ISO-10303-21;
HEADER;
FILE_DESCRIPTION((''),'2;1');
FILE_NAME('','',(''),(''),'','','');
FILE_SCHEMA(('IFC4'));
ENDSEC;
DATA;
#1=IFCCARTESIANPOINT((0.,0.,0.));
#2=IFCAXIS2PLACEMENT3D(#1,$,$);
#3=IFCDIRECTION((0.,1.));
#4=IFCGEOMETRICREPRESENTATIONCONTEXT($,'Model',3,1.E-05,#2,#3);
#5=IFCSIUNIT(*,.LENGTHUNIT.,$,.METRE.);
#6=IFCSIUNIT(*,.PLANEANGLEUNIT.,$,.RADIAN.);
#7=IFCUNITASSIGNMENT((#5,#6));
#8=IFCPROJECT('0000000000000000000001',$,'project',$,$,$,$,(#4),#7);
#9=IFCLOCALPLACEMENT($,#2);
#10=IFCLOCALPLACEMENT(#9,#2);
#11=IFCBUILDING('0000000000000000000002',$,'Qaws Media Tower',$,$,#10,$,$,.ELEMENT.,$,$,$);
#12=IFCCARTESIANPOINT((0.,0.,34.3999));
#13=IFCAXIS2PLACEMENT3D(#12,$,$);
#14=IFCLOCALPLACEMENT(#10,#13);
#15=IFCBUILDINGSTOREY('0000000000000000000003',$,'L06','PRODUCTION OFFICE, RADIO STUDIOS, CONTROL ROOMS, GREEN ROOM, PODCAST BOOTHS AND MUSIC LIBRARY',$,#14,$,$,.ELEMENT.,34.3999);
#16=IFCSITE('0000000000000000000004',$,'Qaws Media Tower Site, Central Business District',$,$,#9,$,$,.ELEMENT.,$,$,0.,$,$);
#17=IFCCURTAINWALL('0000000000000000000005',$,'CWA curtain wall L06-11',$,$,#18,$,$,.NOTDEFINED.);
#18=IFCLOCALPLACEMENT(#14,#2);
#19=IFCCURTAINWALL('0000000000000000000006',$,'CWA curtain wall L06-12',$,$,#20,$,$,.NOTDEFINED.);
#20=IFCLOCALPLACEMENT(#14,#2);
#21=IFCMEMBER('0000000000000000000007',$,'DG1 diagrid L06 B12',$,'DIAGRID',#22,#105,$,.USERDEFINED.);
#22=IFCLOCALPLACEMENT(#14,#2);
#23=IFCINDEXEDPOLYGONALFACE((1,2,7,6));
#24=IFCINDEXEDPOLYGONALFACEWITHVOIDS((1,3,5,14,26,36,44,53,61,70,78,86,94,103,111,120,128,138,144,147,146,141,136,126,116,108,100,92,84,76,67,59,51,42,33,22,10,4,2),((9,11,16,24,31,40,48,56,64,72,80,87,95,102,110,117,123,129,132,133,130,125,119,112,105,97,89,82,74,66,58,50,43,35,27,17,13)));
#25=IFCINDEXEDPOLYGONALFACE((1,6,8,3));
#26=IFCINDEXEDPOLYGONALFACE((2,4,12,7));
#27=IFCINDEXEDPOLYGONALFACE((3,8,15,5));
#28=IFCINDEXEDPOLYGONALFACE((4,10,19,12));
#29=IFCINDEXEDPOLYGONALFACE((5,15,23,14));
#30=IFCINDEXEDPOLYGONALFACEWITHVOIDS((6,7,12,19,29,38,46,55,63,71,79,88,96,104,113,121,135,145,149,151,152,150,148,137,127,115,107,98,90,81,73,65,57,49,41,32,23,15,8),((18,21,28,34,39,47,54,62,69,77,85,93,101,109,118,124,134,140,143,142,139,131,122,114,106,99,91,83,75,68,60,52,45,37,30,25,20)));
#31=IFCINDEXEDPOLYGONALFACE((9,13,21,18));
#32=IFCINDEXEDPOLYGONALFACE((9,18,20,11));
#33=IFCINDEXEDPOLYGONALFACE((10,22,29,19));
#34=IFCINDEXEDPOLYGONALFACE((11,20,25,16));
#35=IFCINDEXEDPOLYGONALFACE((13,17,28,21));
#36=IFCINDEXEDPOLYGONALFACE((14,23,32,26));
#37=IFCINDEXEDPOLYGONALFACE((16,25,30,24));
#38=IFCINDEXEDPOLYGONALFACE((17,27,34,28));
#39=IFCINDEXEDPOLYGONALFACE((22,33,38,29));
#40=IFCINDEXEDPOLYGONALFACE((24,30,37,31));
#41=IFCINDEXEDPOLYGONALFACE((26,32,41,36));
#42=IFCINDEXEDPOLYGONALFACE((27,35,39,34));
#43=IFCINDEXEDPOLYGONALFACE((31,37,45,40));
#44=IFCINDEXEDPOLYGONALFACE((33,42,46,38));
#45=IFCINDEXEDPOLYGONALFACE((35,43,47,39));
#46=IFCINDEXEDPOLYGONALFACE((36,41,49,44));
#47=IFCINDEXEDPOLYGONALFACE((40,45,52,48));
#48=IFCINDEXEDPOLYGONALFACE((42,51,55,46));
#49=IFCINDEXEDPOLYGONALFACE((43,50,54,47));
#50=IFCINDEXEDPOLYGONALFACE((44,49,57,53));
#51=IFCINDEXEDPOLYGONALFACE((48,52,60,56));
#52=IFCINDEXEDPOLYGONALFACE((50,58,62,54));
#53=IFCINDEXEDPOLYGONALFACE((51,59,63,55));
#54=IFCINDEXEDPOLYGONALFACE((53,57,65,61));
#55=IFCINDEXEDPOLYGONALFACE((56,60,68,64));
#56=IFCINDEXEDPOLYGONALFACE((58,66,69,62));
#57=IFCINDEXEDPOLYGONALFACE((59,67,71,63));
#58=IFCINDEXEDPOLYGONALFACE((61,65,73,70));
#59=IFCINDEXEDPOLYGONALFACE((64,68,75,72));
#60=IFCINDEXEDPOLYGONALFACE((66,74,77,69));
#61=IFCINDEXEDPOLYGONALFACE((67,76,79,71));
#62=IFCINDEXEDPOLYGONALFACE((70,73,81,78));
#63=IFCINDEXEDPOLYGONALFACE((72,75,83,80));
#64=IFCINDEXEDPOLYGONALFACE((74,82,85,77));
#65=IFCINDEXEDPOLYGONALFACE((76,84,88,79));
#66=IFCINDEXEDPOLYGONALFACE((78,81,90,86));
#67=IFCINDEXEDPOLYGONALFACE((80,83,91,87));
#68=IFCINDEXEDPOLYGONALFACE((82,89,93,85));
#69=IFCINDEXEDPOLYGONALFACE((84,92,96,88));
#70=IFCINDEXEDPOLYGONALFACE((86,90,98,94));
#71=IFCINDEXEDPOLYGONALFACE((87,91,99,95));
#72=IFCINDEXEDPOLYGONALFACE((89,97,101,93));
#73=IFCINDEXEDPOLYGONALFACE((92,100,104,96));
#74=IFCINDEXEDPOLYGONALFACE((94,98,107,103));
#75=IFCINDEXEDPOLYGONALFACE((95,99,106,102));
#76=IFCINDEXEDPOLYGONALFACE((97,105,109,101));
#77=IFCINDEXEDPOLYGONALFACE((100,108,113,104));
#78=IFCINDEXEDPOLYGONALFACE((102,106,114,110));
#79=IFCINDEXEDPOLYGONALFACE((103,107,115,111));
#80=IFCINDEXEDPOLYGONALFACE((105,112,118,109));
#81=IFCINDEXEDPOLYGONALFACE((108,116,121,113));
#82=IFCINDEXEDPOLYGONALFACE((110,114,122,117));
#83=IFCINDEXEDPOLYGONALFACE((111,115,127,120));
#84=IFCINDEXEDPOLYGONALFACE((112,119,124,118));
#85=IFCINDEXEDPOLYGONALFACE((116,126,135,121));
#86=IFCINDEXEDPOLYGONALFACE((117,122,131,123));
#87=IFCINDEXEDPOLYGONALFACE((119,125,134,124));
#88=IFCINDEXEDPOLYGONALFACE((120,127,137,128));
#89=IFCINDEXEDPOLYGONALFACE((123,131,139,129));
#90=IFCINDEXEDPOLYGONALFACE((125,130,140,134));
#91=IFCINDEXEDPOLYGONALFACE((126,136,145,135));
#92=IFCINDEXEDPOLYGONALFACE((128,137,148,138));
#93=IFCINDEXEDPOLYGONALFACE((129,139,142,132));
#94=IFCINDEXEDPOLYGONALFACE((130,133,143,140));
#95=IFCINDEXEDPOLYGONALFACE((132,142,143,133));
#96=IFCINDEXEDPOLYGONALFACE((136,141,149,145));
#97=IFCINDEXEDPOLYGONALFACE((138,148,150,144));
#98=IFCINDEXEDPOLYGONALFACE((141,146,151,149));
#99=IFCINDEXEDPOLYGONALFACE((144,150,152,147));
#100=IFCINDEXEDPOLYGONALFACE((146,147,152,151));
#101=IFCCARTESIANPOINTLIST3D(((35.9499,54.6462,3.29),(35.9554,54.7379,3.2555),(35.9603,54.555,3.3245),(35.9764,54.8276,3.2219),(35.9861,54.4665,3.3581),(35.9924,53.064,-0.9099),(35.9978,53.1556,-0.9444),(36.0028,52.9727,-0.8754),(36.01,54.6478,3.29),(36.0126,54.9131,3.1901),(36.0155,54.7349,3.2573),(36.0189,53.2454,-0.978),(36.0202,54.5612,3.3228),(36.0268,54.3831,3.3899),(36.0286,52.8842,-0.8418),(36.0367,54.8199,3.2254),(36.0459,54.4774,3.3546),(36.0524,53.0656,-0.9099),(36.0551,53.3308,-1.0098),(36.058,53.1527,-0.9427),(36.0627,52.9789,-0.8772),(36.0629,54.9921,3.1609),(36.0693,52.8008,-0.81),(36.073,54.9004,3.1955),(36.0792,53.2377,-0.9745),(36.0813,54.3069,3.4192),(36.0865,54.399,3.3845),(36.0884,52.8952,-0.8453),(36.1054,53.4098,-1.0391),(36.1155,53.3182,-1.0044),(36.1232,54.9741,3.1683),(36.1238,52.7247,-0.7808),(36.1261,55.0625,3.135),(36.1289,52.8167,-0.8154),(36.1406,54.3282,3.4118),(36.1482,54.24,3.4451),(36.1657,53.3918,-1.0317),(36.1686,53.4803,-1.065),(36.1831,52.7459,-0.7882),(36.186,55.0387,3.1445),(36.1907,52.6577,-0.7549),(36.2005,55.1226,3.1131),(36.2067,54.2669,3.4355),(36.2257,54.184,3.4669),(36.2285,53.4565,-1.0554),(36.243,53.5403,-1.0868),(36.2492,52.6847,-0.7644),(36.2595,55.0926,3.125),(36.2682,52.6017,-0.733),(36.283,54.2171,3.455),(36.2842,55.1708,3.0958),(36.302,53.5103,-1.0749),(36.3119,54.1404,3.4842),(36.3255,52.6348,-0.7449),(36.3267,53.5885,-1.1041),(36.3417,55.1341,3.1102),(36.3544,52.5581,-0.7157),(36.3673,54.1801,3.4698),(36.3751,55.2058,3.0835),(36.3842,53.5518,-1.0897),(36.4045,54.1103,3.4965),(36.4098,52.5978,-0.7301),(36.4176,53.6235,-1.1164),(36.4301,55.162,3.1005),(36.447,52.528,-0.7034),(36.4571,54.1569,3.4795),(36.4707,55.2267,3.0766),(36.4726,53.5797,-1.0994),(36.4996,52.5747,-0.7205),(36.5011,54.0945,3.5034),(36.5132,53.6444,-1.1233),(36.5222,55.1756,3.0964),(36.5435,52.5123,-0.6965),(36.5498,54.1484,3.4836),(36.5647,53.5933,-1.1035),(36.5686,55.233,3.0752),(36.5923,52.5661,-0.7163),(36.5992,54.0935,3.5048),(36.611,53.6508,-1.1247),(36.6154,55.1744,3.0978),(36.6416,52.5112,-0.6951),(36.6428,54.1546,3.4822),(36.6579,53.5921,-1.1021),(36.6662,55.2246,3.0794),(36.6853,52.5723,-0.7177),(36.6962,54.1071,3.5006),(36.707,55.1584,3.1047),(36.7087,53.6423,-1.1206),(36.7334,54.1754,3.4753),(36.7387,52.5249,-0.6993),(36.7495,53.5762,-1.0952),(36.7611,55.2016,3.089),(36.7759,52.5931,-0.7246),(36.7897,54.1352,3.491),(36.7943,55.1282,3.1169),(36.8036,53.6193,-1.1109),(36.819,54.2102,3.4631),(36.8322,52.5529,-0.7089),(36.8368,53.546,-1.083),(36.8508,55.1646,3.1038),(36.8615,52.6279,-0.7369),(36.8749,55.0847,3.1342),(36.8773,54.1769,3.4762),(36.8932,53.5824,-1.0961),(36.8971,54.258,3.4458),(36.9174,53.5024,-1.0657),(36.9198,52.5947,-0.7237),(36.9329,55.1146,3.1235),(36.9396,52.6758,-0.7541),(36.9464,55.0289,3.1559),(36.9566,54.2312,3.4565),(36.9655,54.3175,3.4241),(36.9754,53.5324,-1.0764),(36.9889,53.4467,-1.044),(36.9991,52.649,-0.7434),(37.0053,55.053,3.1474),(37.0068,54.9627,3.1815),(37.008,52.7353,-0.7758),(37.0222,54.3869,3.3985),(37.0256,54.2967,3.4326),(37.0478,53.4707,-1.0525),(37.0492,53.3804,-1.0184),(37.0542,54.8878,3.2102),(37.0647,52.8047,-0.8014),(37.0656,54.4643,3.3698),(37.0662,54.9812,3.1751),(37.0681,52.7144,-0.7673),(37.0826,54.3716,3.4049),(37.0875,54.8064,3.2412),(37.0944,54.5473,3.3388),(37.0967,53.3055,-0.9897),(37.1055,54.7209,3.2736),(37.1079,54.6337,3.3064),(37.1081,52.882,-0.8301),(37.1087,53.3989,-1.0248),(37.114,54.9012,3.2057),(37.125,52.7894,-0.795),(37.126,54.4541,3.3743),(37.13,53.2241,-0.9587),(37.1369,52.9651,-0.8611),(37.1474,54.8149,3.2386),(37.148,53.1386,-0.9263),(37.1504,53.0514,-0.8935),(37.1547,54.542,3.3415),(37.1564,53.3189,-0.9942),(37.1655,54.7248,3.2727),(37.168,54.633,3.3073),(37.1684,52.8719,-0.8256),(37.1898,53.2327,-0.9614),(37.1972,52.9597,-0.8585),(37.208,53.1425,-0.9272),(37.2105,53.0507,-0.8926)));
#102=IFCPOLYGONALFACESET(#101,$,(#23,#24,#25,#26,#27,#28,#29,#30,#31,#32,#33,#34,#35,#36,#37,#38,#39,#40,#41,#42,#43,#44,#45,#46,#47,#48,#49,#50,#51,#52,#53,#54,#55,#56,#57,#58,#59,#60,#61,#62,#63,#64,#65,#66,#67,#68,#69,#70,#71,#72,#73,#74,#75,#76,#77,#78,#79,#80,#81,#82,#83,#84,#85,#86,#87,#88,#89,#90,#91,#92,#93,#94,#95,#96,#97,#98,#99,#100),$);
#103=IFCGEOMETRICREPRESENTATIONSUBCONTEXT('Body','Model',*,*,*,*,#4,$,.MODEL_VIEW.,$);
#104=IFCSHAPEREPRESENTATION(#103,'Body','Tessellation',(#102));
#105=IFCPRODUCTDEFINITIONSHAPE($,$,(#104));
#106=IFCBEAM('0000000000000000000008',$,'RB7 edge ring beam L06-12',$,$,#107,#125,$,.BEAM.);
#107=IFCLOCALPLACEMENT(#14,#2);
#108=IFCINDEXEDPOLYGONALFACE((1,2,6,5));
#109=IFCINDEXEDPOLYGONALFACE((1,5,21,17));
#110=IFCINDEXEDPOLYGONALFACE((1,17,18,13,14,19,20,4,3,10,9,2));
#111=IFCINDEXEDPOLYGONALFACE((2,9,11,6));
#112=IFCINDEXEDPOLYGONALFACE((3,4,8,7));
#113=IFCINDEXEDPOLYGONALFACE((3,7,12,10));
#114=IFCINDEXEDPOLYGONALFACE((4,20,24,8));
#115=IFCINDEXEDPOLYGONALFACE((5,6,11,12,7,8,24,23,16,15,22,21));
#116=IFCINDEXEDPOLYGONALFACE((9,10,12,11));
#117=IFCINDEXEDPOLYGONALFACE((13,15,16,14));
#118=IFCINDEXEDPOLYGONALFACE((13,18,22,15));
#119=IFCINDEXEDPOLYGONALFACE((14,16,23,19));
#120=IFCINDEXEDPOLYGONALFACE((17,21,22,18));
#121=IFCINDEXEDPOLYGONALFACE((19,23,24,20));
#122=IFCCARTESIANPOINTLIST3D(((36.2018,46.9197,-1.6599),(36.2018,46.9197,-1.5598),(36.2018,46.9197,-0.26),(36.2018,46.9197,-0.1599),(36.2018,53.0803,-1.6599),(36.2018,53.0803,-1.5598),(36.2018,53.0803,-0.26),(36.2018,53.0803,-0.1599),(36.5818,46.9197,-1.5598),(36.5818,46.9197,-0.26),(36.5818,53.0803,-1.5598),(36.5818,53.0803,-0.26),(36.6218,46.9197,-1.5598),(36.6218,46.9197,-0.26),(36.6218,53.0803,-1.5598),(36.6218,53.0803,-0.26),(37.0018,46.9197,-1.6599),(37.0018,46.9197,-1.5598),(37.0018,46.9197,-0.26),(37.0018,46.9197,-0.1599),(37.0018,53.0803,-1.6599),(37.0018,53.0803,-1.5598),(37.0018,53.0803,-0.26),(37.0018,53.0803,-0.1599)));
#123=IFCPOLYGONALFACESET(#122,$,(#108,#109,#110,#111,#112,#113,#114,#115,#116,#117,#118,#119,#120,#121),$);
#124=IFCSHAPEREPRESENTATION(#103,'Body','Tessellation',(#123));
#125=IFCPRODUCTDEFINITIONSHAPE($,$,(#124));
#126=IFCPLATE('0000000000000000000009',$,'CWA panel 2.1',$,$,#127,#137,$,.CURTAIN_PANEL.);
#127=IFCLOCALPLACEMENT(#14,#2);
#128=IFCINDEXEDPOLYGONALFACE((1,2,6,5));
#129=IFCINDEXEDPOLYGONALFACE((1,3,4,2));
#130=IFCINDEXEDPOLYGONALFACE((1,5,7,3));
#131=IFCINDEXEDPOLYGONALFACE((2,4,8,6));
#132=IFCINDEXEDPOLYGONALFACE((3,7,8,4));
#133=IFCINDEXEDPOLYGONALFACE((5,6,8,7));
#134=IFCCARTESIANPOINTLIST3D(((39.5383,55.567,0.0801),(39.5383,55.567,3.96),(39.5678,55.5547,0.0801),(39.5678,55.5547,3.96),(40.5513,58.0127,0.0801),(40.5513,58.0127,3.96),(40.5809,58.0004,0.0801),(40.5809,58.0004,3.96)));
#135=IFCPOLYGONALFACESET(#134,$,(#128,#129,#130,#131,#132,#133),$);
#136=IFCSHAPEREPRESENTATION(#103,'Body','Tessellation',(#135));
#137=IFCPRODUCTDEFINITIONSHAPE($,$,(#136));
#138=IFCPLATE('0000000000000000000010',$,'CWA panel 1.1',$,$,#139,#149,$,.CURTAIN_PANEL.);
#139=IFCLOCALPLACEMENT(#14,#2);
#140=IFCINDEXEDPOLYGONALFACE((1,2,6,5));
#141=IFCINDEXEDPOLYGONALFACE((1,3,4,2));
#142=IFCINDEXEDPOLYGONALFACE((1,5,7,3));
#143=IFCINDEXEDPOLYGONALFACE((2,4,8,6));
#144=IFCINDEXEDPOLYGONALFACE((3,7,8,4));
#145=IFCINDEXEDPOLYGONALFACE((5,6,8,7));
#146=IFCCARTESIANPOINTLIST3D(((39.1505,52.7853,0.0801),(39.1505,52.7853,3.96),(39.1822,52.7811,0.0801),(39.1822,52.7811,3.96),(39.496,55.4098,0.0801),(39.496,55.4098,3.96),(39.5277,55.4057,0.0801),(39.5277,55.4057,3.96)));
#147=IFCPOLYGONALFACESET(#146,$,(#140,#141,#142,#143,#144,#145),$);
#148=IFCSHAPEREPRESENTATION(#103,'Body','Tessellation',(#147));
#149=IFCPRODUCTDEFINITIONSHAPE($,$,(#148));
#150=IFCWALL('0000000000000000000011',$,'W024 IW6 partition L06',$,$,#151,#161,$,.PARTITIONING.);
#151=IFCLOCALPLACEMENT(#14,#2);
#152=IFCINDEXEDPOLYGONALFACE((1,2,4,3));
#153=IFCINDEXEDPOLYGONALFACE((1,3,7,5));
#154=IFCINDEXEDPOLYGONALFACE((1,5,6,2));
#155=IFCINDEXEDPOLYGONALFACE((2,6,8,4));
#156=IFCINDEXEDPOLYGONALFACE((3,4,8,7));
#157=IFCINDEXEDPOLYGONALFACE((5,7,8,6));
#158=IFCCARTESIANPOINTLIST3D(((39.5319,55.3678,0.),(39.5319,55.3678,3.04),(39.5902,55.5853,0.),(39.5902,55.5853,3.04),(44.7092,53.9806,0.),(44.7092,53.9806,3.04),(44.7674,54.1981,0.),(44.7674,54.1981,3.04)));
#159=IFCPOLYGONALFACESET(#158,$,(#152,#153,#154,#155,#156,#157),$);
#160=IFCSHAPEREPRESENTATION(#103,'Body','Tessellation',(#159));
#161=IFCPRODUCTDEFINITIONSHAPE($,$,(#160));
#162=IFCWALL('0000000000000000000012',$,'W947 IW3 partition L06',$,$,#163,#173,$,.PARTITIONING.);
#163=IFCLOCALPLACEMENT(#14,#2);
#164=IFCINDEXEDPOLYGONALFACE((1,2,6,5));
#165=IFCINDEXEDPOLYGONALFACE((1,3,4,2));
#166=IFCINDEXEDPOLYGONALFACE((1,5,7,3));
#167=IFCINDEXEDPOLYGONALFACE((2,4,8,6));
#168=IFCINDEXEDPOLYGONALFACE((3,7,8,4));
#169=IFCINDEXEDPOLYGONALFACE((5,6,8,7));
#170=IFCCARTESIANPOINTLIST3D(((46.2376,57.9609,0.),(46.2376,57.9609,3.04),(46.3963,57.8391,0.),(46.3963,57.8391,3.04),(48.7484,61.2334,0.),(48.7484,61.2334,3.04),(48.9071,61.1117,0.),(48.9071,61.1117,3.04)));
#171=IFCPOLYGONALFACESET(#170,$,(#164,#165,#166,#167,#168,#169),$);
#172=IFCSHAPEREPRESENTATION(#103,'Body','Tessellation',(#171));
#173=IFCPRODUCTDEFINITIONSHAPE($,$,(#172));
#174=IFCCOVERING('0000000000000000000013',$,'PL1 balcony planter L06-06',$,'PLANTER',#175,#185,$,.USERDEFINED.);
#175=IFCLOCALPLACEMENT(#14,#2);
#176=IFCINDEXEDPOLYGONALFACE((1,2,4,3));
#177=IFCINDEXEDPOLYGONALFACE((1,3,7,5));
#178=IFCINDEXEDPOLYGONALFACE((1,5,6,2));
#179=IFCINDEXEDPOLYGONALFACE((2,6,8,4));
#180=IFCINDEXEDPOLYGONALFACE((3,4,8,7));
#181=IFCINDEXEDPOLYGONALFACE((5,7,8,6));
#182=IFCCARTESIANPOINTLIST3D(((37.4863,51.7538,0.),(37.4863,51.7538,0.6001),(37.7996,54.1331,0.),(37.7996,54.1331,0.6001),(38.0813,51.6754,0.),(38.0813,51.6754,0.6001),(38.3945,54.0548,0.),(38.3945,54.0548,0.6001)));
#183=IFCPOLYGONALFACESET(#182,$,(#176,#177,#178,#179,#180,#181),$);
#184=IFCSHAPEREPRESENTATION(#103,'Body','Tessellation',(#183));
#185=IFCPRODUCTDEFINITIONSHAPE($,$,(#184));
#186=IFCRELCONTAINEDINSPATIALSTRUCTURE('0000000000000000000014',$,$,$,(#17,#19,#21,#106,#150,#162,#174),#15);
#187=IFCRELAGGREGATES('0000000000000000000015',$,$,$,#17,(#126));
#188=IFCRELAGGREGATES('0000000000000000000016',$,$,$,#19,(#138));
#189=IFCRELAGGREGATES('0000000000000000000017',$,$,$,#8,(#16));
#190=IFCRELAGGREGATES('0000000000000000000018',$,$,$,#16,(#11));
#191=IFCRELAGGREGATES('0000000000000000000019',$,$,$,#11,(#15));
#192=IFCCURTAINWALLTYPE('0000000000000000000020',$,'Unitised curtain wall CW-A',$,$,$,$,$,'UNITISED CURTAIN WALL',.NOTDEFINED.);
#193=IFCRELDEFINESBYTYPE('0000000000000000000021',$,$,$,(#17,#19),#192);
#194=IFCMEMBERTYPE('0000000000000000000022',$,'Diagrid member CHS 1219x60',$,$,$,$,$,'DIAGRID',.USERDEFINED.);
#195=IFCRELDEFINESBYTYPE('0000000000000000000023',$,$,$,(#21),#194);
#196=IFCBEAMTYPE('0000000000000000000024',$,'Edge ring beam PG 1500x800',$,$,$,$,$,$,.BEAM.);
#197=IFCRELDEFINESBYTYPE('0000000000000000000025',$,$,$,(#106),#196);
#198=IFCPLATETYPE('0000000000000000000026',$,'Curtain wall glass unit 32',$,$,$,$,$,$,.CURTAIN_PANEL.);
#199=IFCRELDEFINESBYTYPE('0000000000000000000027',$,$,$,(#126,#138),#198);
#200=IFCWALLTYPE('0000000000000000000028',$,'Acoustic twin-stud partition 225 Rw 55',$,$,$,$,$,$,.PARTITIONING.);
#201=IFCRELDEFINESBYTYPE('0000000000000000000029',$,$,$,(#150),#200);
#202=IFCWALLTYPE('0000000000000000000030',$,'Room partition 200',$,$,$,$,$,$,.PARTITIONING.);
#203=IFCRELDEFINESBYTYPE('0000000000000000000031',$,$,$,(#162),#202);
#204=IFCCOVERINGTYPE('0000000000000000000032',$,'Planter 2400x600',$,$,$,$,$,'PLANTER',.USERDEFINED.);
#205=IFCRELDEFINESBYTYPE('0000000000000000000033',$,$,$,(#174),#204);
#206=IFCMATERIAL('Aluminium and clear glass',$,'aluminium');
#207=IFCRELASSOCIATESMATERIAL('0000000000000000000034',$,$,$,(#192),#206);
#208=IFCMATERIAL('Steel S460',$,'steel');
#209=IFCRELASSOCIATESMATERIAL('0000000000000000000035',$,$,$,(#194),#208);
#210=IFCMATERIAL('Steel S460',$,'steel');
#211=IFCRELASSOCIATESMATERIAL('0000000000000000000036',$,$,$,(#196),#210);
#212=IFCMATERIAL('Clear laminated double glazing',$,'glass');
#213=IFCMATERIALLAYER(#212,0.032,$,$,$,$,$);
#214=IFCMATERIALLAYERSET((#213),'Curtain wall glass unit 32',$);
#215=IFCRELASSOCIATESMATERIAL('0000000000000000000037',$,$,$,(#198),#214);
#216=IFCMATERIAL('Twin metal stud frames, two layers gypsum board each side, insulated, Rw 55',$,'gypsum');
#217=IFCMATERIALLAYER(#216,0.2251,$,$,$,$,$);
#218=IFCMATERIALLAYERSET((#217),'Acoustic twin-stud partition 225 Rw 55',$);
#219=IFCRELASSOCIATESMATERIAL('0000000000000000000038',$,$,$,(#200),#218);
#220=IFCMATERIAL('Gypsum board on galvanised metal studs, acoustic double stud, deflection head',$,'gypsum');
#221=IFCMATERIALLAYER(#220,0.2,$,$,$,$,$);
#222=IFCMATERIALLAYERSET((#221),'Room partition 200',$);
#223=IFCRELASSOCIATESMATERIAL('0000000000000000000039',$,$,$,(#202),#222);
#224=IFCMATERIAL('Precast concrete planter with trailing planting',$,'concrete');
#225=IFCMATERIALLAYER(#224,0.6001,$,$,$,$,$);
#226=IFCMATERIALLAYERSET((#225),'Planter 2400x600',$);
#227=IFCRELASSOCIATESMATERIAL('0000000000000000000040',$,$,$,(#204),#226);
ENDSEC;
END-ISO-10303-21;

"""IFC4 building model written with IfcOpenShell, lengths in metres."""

from ifc_helpers import new_model, si_unit, direction, frame, frame_2d, origin, origin_2d, place, context, subcontext, project, spatial, rectangle, hollow_circle, i_section, extrude, material, layer, layer_set, material_profile, profile_set, type_object, element, aggregate, save


model = new_model("IFC4")

# Units and contexts
model_context = context("Model", 3, precision=1e-05, world=origin(), true_north=direction((0.0, 1.0)))
body_context = subcontext(model_context, "Body", "Model", "MODEL_VIEW")
ifc_project = project(units=[si_unit("LENGTHUNIT", "METRE"), si_unit("PLANEANGLEUNIT", "RADIAN")], contexts=[model_context])

# Site, building, storey
site_placement = place(None, origin())
site = spatial("IfcSite", under=ifc_project, at=site_placement, Name="Qaws Media Tower Site, Central Business District", CompositionType="ELEMENT", RefElevation=0.0)
building_placement = place(site_placement, origin())
building = spatial("IfcBuilding", under=site, at=building_placement, Name="Qaws Media Tower", CompositionType="ELEMENT")
storey_placement = place(building_placement, frame((0.0, 0.0, 34.3999)))
storey = spatial("IfcBuildingStorey", under=building, at=storey_placement, Name="L06", Description="PRODUCTION OFFICE, RADIO STUDIOS, CONTROL ROOMS, GREEN ROOM, PODCAST BOOTHS AND MUSIC LIBRARY", CompositionType="ELEMENT", Elevation=34.3999)

# Curtain wall
ifc_material_1 = material(Name="Aluminium and clear glass", Category="aluminium")
curtain_wall_type = type_object("IfcCurtainWallType", Name="Unitised curtain wall CW-A", ElementType="UNITISED CURTAIN WALL", PredefinedType="NOTDEFINED", material=ifc_material_1)
curtain_wall_1_placement = place(storey_placement, origin())
curtain_wall_1 = element("IfcCurtainWall", 1, at=curtain_wall_1_placement, inside=storey, type_object=curtain_wall_type, Name="CWA curtain wall L06-11", PredefinedType="NOTDEFINED")

# Curtain wall
curtain_wall_2_placement = place(storey_placement, origin())
curtain_wall_2 = element("IfcCurtainWall", 2, at=curtain_wall_2_placement, inside=storey, type_object=curtain_wall_type, Name="CWA curtain wall L06-12", PredefinedType="NOTDEFINED")

# Member
ifc_material_2 = material(Name="Steel S460", Category="steel")
ifc_material_profile_1 = material_profile(ifc_material_2, hollow_circle(Radius=0.6096, WallThickness=0.0601, at=origin_2d()), Name="CHS 1219x60")
ifc_profile_set_1 = profile_set([ifc_material_profile_1], Name="Steel S460")
member_type_1 = type_object("IfcMemberType", Name="Diagrid member CHS 1219x60", ElementType="DIAGRID", PredefinedType="USERDEFINED", material=ifc_profile_set_1)
for number, where, z_axis, x_axis, name in (
    (3, (36.6018, 53.0803, -0.9099), (-0.009465, 0.352532, 0.935752), (-0.99964, -0.026838, 0.0), "DG1 diagrid L06 B12"),
):
    element("IfcMember", number, at=place(storey_placement, frame(where, z_axis=z_axis, x_axis=x_axis)), inside=storey, type_object=member_type_1, Name=name, ObjectType="DIAGRID", PredefinedType="USERDEFINED", context=body_context, shape_type="SweptSolid", body=[
        extrude(hollow_circle(Radius=0.6096, WallThickness=0.0601, at=origin_2d()), origin(), (0.0, 0.0, 1.0), 4.4883),
    ])

# Beam
ifc_material_3 = material(Name="Steel S460", Category="steel")
ifc_material_profile_2 = material_profile(ifc_material_3, i_section(OverallWidth=0.8, OverallDepth=1.5, WebThickness=0.04, FlangeThickness=0.1001, at=origin_2d()), Name="PG 1500x800")
ifc_profile_set_2 = profile_set([ifc_material_profile_2], Name="Steel S460")
beam_type = type_object("IfcBeamType", Name="Edge ring beam PG 1500x800", PredefinedType="BEAM", material=ifc_profile_set_2)
beam_placement = place(storey_placement, frame((36.6018, 53.0803, -0.9099), z_axis=(0.0, -1.0, 0.0), x_axis=(1.0, 0.0, 0.0)))
element("IfcBeam", 4, at=beam_placement, inside=storey, type_object=beam_type, Name="RB7 edge ring beam L06-12", PredefinedType="BEAM", context=body_context, shape_type="SweptSolid", body=[
    extrude(i_section(OverallWidth=0.8, OverallDepth=1.5, WebThickness=0.04, FlangeThickness=0.1001, at=origin_2d()), origin(), (0.0, 0.0, 1.0), 6.1606),
])

# Plates
ifc_material_4 = material(Name="Clear laminated double glazing", Category="glass")
ifc_layer_1 = layer(ifc_material_4, 0.032)
ifc_layer_set_1 = layer_set([ifc_layer_1], Name="Curtain wall glass unit 32")
plate_type = type_object("IfcPlateType", Name="Curtain wall glass unit 32", PredefinedType="CURTAIN_PANEL", material=ifc_layer_set_1)
plate_1_placement = place(storey_placement, frame((40.0596, 56.7837, 0.0801), z_axis=(0.0, 0.0, 1.0), x_axis=(-0.382683, -0.92388, 0.0)))
plate_1 = element("IfcPlate", 5, at=plate_1_placement, type_object=plate_type, Name="CWA panel 2.1", PredefinedType="CURTAIN_PANEL", context=body_context, shape_type="SweptSolid", body=[
    extrude(rectangle(XDim=2.6472, YDim=0.032, at=origin_2d()), origin(), (0.0, 0.0, 1.0), 3.8799),
])
aggregate(curtain_wall_1, [plate_1])
plate_2_placement = place(storey_placement, frame((39.3391, 54.0955, 0.0801), z_axis=(0.0, 0.0, 1.0), x_axis=(-0.130526, -0.991445, 0.0)))
plate_2 = element("IfcPlate", 6, at=plate_2_placement, type_object=plate_type, Name="CWA panel 1.1", PredefinedType="CURTAIN_PANEL", context=body_context, shape_type="SweptSolid", body=[
    extrude(rectangle(XDim=2.6472, YDim=0.032, at=origin_2d()), origin(), (0.0, 0.0, 1.0), 3.8799),
])
aggregate(curtain_wall_2, [plate_2])

# Wall
ifc_material_5 = material(Name="Twin metal stud frames, two layers gypsum board each side, insulated, Rw 55", Category="gypsum")
ifc_layer_2 = layer(ifc_material_5, 0.2251)
ifc_layer_set_2 = layer_set([ifc_layer_2], Name="Acoustic twin-stud partition 225 Rw 55")
wall_type_1 = type_object("IfcWallType", Name="Acoustic twin-stud partition 225 Rw 55", PredefinedType="PARTITIONING", material=ifc_layer_set_2)
wall_1_placement = place(storey_placement, frame((44.7383, 54.0894, 0.0), z_axis=(0.0, 0.0, 1.0), x_axis=(-0.965927, 0.258813, 0.0)))
element("IfcWall", 7, at=wall_1_placement, inside=storey, type_object=wall_type_1, Name="W024 IW6 partition L06", PredefinedType="PARTITIONING", context=body_context, shape_type="SweptSolid", body=[
    extrude(rectangle(XDim=5.3599, YDim=0.2251, at=frame_2d((2.6799, 0.0))), origin(), (0.0, 0.0, 1.0), 3.04),
])

# Shared definitions
ifc_material_6 = material(Name="Gypsum board on galvanised metal studs, acoustic double stud, deflection head", Category="gypsum")
ifc_layer_3 = layer(ifc_material_6, 0.2)
ifc_layer_set_3 = layer_set([ifc_layer_3], Name="Room partition 200")
wall_type_2 = type_object("IfcWallType", Name="Room partition 200", PredefinedType="PARTITIONING", material=ifc_layer_set_3)

# Wall
wall_2_placement = place(storey_placement, frame((46.3169, 57.8999, 0.0), z_axis=(0.0, 0.0, 1.0), x_axis=(0.608715, 0.793389, 0.0)))
element("IfcWall", 8, at=wall_2_placement, inside=storey, type_object=wall_type_2, Name="W947 IW3 partition L06", PredefinedType="PARTITIONING", context=body_context, shape_type="SweptSolid", body=[
    extrude(rectangle(XDim=4.1248, YDim=0.2, at=frame_2d((2.0625, 0.0))), origin(), (0.0, 0.0, 1.0), 3.04),
])

# Covering
ifc_material_7 = material(Name="Precast concrete planter with trailing planting", Category="concrete")
ifc_layer_4 = layer(ifc_material_7, 0.6001)
ifc_layer_set_4 = layer_set([ifc_layer_4], Name="Planter 2400x600")
covering_type = type_object("IfcCoveringType", Name="Planter 2400x600", ElementType="PLANTER", PredefinedType="USERDEFINED", material=ifc_layer_set_4)
covering_placement = place(storey_placement, frame((37.9404, 52.9043, 0.0), z_axis=(0.0, 0.0, 1.0), x_axis=(-0.130526, -0.991445, 0.0)))
element("IfcCovering", 9, at=covering_placement, inside=storey, type_object=covering_type, Name="PL1 balcony planter L06-06", ObjectType="PLANTER", PredefinedType="USERDEFINED", context=body_context, shape_type="SweptSolid", body=[
    extrude(rectangle(XDim=2.3999, YDim=0.6001, at=origin_2d()), origin(), (0.0, 0.0, 1.0), 0.6001),
])

save(model, "model.ifc")
